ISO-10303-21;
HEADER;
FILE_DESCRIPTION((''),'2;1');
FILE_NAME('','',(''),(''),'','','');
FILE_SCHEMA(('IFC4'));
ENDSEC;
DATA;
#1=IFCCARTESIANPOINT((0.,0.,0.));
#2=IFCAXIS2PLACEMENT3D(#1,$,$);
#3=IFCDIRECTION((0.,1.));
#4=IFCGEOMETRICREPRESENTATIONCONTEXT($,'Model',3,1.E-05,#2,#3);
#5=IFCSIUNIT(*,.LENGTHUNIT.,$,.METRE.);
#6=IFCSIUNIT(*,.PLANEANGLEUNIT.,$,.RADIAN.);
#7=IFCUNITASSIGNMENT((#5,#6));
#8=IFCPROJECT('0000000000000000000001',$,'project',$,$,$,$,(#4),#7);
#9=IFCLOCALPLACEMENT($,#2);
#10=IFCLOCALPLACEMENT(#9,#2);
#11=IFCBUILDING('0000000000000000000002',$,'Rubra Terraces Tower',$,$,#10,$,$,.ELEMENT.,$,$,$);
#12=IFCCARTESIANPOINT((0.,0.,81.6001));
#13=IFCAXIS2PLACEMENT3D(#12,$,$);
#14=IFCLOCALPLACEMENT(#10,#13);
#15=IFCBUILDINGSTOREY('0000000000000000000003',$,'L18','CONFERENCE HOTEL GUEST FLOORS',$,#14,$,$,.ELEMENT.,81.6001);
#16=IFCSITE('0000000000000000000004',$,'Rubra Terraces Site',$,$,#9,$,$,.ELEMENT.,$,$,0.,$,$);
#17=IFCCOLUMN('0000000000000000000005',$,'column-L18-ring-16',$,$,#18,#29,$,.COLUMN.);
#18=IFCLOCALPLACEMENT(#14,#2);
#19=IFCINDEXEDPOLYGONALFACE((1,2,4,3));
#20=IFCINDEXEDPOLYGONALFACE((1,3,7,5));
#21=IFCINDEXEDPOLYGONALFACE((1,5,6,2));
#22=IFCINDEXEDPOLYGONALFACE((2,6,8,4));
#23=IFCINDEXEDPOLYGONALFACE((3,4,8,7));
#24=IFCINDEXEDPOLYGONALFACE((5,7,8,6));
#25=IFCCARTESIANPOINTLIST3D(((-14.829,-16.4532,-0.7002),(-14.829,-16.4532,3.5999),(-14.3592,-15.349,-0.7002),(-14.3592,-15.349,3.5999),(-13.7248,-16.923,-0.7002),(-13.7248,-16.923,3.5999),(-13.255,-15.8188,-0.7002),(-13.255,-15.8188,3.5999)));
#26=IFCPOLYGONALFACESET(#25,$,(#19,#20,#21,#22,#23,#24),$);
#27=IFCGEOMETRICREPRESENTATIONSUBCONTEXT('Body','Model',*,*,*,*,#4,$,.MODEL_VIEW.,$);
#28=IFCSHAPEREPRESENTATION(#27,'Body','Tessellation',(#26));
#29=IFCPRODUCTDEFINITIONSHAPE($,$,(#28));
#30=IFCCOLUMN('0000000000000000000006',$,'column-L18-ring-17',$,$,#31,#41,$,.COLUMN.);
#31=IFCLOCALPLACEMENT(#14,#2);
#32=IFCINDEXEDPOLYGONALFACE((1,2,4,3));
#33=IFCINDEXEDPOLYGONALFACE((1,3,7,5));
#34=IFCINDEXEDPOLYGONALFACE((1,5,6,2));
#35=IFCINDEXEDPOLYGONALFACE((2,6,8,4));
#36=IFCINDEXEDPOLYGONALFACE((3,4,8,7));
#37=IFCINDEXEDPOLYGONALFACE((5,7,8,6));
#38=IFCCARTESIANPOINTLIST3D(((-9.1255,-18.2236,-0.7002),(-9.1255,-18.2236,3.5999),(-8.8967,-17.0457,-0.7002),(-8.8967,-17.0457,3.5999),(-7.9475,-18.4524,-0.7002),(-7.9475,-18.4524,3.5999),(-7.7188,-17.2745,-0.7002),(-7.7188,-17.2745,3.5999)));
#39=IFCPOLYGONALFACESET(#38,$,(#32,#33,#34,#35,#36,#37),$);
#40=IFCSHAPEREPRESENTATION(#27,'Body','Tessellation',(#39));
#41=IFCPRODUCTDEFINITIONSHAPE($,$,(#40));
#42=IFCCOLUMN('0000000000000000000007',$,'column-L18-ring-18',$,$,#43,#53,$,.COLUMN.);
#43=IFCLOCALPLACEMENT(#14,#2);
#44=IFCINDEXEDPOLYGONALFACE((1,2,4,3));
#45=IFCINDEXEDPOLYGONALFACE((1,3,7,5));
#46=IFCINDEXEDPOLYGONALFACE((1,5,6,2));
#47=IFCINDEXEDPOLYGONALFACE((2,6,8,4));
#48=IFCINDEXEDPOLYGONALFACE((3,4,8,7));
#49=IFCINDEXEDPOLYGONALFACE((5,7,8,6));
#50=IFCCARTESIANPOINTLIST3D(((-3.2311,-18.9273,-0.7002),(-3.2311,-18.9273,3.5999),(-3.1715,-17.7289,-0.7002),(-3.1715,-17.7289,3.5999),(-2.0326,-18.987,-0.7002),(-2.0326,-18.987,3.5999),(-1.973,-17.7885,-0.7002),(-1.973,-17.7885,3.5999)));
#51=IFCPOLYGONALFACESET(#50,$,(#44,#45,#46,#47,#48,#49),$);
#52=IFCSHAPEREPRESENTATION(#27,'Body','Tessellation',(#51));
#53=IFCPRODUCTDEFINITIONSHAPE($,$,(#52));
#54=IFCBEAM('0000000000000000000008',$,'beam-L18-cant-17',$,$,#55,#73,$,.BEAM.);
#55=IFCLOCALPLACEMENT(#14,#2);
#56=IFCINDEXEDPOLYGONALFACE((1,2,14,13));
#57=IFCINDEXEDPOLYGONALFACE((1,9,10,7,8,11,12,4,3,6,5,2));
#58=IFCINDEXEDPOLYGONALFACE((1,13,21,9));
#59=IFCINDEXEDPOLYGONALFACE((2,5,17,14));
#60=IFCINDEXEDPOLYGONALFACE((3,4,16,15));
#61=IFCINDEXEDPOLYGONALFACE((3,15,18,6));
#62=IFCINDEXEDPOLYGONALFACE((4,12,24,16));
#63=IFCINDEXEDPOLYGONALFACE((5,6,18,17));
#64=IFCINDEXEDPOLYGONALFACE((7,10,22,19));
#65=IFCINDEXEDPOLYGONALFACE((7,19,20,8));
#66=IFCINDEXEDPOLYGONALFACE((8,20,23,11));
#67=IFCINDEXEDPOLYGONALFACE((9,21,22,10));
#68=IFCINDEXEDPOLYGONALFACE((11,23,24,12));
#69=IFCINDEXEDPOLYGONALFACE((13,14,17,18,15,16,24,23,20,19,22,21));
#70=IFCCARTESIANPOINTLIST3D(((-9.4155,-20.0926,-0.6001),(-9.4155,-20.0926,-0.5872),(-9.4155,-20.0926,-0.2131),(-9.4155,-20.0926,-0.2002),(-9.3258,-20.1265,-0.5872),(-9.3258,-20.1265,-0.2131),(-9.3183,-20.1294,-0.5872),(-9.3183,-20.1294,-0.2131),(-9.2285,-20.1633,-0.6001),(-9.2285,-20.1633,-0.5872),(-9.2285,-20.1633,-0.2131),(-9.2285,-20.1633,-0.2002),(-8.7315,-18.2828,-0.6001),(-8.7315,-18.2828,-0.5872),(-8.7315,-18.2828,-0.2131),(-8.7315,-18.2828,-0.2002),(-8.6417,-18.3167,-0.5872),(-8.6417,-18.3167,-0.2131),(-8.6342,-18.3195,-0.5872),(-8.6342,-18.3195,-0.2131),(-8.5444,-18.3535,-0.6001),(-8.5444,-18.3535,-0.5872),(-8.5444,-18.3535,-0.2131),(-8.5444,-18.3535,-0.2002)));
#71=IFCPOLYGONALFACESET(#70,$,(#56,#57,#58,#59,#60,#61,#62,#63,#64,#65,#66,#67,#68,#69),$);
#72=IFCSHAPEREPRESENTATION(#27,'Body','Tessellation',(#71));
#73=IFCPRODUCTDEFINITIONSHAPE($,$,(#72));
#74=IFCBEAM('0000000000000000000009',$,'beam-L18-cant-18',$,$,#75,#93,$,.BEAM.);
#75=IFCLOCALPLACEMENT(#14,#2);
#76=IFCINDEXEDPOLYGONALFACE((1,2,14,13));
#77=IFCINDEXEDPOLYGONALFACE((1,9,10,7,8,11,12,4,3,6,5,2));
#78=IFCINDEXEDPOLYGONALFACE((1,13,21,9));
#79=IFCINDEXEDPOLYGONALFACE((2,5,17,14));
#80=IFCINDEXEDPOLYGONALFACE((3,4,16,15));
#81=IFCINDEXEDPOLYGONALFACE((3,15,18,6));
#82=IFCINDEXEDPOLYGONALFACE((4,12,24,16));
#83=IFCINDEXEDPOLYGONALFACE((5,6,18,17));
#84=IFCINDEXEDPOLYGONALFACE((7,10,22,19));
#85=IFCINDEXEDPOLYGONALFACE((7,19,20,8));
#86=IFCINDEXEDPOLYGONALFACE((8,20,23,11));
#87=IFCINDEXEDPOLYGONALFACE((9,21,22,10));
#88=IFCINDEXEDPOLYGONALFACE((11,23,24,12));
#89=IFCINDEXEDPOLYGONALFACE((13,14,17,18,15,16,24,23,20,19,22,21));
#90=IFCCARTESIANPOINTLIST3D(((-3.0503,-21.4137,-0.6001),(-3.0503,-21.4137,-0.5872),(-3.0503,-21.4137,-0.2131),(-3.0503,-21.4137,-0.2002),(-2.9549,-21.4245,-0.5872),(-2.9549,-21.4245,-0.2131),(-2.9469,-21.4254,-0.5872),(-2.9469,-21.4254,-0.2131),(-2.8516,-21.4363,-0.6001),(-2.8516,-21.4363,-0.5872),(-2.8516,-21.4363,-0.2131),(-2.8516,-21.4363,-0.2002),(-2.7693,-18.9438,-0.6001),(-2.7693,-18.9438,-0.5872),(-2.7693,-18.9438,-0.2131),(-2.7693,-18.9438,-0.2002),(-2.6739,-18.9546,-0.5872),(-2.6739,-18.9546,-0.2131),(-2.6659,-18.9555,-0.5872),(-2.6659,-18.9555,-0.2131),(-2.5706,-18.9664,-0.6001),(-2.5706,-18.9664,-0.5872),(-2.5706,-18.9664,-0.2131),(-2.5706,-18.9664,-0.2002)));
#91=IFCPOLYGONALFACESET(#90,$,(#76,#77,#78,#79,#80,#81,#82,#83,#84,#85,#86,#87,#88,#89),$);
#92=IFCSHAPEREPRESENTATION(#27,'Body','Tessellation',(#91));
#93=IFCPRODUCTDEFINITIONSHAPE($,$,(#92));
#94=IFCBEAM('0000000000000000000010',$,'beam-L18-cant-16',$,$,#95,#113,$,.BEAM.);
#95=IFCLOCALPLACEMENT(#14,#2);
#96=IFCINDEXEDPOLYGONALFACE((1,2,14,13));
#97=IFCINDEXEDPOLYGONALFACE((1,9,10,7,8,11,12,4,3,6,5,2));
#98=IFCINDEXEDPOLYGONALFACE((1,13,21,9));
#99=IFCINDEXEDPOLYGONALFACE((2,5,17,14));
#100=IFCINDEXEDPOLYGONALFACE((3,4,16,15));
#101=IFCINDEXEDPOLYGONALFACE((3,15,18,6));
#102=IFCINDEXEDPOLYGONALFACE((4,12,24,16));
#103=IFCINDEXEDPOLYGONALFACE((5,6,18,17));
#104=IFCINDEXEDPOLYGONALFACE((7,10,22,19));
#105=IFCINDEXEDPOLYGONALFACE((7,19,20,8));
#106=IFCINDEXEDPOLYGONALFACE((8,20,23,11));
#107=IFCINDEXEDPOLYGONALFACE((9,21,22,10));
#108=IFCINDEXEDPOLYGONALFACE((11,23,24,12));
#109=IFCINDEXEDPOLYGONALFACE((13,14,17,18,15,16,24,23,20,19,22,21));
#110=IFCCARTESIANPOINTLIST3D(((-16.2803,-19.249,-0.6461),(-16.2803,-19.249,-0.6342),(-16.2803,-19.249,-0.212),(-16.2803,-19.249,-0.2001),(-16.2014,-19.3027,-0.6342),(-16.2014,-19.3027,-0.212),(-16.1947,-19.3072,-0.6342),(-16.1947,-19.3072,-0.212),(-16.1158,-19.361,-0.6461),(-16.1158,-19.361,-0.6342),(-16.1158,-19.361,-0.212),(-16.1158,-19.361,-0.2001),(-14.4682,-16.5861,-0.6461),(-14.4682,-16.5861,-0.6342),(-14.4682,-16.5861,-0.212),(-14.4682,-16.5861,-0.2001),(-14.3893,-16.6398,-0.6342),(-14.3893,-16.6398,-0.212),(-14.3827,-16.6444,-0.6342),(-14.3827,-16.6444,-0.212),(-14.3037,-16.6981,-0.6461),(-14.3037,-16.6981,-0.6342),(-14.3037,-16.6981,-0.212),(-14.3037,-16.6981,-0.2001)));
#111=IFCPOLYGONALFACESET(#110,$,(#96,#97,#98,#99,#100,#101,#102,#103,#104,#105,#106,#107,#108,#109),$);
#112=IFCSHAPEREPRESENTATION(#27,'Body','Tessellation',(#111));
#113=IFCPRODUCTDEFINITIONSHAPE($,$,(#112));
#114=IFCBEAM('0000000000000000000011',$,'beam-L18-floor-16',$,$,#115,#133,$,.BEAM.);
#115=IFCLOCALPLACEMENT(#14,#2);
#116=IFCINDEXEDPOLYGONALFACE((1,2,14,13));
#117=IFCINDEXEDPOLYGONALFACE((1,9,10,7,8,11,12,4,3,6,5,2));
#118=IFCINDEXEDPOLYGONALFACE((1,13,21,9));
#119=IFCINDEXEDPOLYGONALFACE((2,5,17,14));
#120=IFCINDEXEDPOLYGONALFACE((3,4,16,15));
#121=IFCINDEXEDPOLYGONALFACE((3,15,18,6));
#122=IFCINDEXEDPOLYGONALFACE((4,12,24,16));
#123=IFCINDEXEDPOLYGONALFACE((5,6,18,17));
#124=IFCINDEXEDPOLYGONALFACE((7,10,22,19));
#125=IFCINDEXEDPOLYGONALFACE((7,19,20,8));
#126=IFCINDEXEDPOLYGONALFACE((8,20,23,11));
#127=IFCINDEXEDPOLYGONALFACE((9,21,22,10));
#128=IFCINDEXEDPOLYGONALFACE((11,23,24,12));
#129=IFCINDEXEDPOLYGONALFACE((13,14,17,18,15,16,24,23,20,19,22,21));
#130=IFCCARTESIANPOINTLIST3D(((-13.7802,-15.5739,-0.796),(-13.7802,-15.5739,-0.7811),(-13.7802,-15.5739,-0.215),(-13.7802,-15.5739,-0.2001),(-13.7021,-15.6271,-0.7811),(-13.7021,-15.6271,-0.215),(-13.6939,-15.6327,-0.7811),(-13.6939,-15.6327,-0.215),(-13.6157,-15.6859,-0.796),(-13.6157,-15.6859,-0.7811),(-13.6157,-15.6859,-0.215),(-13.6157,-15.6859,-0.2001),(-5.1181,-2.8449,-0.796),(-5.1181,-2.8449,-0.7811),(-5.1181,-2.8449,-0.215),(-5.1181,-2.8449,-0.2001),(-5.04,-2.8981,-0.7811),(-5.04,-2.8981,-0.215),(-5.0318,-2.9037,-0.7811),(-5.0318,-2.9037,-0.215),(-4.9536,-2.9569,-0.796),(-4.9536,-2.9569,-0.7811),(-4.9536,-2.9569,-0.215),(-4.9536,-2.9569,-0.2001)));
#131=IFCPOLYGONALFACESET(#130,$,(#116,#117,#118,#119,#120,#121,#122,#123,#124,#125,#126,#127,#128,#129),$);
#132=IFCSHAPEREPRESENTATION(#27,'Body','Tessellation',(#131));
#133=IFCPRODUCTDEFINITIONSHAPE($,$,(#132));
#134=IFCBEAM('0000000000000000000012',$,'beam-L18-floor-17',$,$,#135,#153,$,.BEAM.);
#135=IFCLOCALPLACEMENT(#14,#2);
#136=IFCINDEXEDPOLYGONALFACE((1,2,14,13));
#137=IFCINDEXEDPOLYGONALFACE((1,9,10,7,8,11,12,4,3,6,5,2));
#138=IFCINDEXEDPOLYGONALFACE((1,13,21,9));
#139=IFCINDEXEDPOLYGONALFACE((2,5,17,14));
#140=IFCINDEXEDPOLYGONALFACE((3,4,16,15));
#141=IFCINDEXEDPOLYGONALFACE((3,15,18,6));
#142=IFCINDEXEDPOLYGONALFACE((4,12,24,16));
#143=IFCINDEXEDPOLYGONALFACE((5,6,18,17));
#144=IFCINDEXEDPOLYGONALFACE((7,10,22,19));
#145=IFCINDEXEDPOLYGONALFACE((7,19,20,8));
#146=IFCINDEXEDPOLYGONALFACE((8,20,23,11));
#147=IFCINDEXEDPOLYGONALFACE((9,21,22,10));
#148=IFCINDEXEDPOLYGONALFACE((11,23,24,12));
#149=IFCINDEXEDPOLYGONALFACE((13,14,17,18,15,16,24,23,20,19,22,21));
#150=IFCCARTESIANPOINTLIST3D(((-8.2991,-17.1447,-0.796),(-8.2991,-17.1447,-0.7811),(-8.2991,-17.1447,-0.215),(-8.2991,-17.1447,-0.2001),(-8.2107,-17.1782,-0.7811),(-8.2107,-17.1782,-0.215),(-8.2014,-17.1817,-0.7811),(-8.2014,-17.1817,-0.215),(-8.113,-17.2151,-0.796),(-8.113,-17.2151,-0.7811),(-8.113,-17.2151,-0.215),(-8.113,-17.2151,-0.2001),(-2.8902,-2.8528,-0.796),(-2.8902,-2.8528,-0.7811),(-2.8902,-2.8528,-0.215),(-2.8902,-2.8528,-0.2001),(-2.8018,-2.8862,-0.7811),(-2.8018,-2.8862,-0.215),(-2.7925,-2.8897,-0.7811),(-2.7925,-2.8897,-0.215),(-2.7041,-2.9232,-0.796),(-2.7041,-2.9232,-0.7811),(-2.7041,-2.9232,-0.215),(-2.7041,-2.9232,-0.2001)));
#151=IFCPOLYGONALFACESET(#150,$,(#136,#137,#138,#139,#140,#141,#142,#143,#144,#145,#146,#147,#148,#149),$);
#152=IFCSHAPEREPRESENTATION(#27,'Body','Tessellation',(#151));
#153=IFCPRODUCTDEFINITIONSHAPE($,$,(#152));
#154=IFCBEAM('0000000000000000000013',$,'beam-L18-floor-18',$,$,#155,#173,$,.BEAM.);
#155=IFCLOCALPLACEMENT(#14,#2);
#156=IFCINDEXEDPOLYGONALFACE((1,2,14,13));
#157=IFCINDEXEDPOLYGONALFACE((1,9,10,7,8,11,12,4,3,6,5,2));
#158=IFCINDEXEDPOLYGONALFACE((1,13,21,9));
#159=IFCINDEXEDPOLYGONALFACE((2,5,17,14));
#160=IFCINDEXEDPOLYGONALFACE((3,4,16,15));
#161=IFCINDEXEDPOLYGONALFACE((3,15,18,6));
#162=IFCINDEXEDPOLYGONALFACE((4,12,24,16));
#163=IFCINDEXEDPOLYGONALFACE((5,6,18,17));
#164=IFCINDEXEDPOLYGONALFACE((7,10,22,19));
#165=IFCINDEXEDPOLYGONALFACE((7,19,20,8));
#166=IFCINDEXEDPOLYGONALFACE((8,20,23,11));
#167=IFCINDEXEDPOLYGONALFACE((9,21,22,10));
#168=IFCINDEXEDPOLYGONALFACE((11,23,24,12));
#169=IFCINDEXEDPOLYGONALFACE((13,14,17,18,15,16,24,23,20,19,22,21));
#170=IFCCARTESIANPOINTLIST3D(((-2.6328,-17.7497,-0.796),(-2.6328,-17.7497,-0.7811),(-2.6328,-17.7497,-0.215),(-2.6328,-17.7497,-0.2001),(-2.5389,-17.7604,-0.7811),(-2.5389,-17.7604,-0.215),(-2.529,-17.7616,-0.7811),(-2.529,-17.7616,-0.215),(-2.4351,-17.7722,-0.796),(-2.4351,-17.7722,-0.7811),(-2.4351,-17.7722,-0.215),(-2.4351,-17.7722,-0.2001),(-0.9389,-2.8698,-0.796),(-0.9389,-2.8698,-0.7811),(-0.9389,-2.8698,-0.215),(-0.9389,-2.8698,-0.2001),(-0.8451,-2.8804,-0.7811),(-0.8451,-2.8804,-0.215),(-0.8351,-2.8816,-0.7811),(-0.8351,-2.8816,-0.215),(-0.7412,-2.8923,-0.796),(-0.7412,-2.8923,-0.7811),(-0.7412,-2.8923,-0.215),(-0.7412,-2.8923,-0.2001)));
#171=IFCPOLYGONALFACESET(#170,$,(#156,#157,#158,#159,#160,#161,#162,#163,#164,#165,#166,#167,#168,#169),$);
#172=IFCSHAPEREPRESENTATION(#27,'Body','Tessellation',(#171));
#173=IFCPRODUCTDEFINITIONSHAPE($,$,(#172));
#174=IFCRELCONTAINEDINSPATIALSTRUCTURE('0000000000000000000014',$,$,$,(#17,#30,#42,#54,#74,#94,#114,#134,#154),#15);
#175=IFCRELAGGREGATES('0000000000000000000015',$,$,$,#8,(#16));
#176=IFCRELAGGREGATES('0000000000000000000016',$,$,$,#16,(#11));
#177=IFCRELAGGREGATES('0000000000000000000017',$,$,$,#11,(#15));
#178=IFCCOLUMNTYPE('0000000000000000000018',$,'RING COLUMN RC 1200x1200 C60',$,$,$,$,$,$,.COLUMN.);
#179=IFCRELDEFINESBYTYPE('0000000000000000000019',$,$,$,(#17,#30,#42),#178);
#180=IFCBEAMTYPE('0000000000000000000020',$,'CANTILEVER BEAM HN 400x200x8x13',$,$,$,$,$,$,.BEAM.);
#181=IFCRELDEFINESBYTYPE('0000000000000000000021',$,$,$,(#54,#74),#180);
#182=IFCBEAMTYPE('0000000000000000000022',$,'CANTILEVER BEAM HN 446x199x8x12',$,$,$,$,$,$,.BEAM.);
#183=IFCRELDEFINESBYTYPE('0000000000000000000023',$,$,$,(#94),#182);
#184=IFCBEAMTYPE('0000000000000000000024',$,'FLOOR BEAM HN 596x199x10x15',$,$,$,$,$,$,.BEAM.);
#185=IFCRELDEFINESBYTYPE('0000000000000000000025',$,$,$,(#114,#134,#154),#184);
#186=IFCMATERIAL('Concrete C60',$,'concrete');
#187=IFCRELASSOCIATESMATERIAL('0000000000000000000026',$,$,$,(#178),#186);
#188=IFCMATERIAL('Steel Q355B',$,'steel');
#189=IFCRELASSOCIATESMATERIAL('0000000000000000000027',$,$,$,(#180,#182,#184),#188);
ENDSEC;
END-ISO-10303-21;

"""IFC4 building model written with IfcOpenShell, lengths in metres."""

from ifc_helpers import new_model, si_unit, direction, frame, origin, origin_2d, place, context, subcontext, project, spatial, rectangle, i_section, extrude, material, material_profile, profile_set, type_object, element, save


model = new_model("IFC4")

# Units and contexts
model_context = context("Model", 3, precision=1e-05, world=origin(), true_north=direction((0.0, 1.0)))
body_context = subcontext(model_context, "Body", "Model", "MODEL_VIEW")
ifc_project = project(units=[si_unit("LENGTHUNIT", "METRE"), si_unit("PLANEANGLEUNIT", "RADIAN")], contexts=[model_context])

# Site, building, storey
site_placement = place(None, origin())
site = spatial("IfcSite", under=ifc_project, at=site_placement, Name="Rubra Terraces Site", CompositionType="ELEMENT", RefElevation=0.0)
building_placement = place(site_placement, origin())
building = spatial("IfcBuilding", under=site, at=building_placement, Name="Rubra Terraces Tower", CompositionType="ELEMENT")
storey_placement = place(building_placement, frame((0.0, 0.0, 81.6001)))
storey = spatial("IfcBuildingStorey", under=building, at=storey_placement, Name="L18", Description="CONFERENCE HOTEL GUEST FLOORS", CompositionType="ELEMENT", Elevation=81.6001)

# Columns
ifc_material_1 = material(Name="Concrete C60", Category="concrete")
ifc_material_profile_1 = material_profile(ifc_material_1, rectangle(XDim=1.2, YDim=1.2, at=origin_2d()), Name="RC 1200x1200")
ifc_profile_set_1 = profile_set([ifc_material_profile_1], Name="Concrete C60")
column_type = type_object("IfcColumnType", Name="RING COLUMN RC 1200x1200 C60", PredefinedType="COLUMN", material=ifc_profile_set_1)
for number, where, z_axis, x_axis, name in (
    (1, (-14.042, -16.136, -0.7002), (0.0, 0.0, 1.0), (0.920168, -0.391524, 0.0), "column-L18-ring-16"),
    (2, (-8.4221, -17.749, -0.7002), (0.0, 0.0, 1.0), (0.981655, -0.190668, 0.0), "column-L18-ring-17"),
    (3, (-2.6021, -18.3579, -0.7002), (0.0, 0.0, 1.0), (0.998764, -0.049699, 0.0), "column-L18-ring-18"),
):
    element("IfcColumn", number, at=place(storey_placement, frame(where, z_axis=z_axis, x_axis=x_axis)), inside=storey, type_object=column_type, Name=name, PredefinedType="COLUMN", context=body_context, shape_type="SweptSolid", body=[
        extrude(rectangle(XDim=1.2, YDim=1.2, at=origin_2d()), origin(), (0.0, 0.0, 1.0), 4.3),
    ])

# Beams
ifc_material_2 = material(Name="Steel Q355B", Category="steel")
ifc_material_profile_2 = material_profile(ifc_material_2, i_section(OverallWidth=0.2, OverallDepth=0.3999, WebThickness=0.0081, FlangeThickness=0.0129, at=origin_2d()), Name="HN 400x200x8x13")
ifc_profile_set_2 = profile_set([ifc_material_profile_2], Name="Steel Q355B")
beam_type_1 = type_object("IfcBeamType", Name="CANTILEVER BEAM HN 400x200x8x13", PredefinedType="BEAM", material=ifc_profile_set_2)
beam_1_placement = place(storey_placement, frame((-8.6379, -18.3181, -0.4001), z_axis=(-0.35357, -0.935408, 0.0), x_axis=(0.935408, -0.35357, 0.0)))
element("IfcBeam", 4, at=beam_1_placement, inside=storey, type_object=beam_type_1, Name="beam-L18-cant-17", PredefinedType="BEAM", context=body_context, shape_type="SweptSolid", body=[
    extrude(i_section(OverallWidth=0.2, OverallDepth=0.3999, WebThickness=0.0081, FlangeThickness=0.0129, at=origin_2d()), origin(), (0.0, 0.0, 1.0), 1.9348),
])
beam_2_placement = place(storey_placement, frame((-2.6699, -18.9551, -0.4001), z_axis=(-0.11304, -0.99359, 0.0), x_axis=(0.99359, -0.11304, 0.0)))
element("IfcBeam", 5, at=beam_2_placement, inside=storey, type_object=beam_type_1, Name="beam-L18-cant-18", PredefinedType="BEAM", context=body_context, shape_type="SweptSolid", body=[
    extrude(i_section(OverallWidth=0.2, OverallDepth=0.3999, WebThickness=0.0081, FlangeThickness=0.0129, at=origin_2d()), origin(), (0.0, 0.0, 1.0), 2.4858),
])
ifc_material_profile_3 = material_profile(ifc_material_2, i_section(OverallWidth=0.199, OverallDepth=0.446, WebThickness=0.0081, FlangeThickness=0.012, at=origin_2d()), Name="HN 446x199x8x12")
ifc_profile_set_3 = profile_set([ifc_material_profile_3], Name="Steel Q355B")
beam_type_2 = type_object("IfcBeamType", Name="CANTILEVER BEAM HN 446x199x8x12", PredefinedType="BEAM", material=ifc_profile_set_3)
beam_3_placement = place(storey_placement, frame((-14.386, -16.6421, -0.4231), z_axis=(-0.562582, -0.826742, 0.0), x_axis=(0.826742, -0.562582, 0.0)))
element("IfcBeam", 6, at=beam_3_placement, inside=storey, type_object=beam_type_2, Name="beam-L18-cant-16", PredefinedType="BEAM", context=body_context, shape_type="SweptSolid", body=[
    extrude(i_section(OverallWidth=0.199, OverallDepth=0.446, WebThickness=0.0081, FlangeThickness=0.012, at=origin_2d()), origin(), (0.0, 0.0, 1.0), 3.2209),
])
ifc_material_profile_4 = material_profile(ifc_material_2, i_section(OverallWidth=0.199, OverallDepth=0.5959, WebThickness=0.01, FlangeThickness=0.0149, at=origin_2d()), Name="HN 596x199x10x15")
ifc_profile_set_4 = profile_set([ifc_material_profile_4], Name="Steel Q355B")
beam_type_3 = type_object("IfcBeamType", Name="FLOOR BEAM HN 596x199x10x15", PredefinedType="BEAM", material=ifc_profile_set_4)
beam_4_placement = place(storey_placement, frame((-13.698, -15.6299, -0.498), z_axis=(0.562594, 0.826734, 0.0), x_axis=(-0.826734, 0.562594, 0.0)))
element("IfcBeam", 7, at=beam_4_placement, inside=storey, type_object=beam_type_3, Name="beam-L18-floor-16", PredefinedType="BEAM", context=body_context, shape_type="SweptSolid", body=[
    extrude(i_section(OverallWidth=0.199, OverallDepth=0.5959, WebThickness=0.01, FlangeThickness=0.0149, at=origin_2d()), origin(), (0.0, 0.0, 1.0), 15.3967),
])
beam_5_placement = place(storey_placement, frame((-8.2061, -17.1799, -0.498), z_axis=(0.353958, 0.935261, 0.0), x_axis=(-0.935261, 0.353958, 0.0)))
element("IfcBeam", 8, at=beam_5_placement, inside=storey, type_object=beam_type_3, Name="beam-L18-floor-17", PredefinedType="BEAM", context=body_context, shape_type="SweptSolid", body=[
    extrude(i_section(OverallWidth=0.199, OverallDepth=0.5959, WebThickness=0.01, FlangeThickness=0.0149, at=origin_2d()), origin(), (0.0, 0.0, 1.0), 15.2812),
])
beam_6_placement = place(storey_placement, frame((-2.5339, -17.761, -0.498), z_axis=(0.113104, 0.993583, 0.0), x_axis=(-0.993583, 0.113104, 0.0)))
element("IfcBeam", 9, at=beam_6_placement, inside=storey, type_object=beam_type_3, Name="beam-L18-floor-18", PredefinedType="BEAM", context=body_context, shape_type="SweptSolid", body=[
    extrude(i_section(OverallWidth=0.199, OverallDepth=0.5959, WebThickness=0.01, FlangeThickness=0.0149, at=origin_2d()), origin(), (0.0, 0.0, 1.0), 14.9761),
])

save(model, "model.ifc")
